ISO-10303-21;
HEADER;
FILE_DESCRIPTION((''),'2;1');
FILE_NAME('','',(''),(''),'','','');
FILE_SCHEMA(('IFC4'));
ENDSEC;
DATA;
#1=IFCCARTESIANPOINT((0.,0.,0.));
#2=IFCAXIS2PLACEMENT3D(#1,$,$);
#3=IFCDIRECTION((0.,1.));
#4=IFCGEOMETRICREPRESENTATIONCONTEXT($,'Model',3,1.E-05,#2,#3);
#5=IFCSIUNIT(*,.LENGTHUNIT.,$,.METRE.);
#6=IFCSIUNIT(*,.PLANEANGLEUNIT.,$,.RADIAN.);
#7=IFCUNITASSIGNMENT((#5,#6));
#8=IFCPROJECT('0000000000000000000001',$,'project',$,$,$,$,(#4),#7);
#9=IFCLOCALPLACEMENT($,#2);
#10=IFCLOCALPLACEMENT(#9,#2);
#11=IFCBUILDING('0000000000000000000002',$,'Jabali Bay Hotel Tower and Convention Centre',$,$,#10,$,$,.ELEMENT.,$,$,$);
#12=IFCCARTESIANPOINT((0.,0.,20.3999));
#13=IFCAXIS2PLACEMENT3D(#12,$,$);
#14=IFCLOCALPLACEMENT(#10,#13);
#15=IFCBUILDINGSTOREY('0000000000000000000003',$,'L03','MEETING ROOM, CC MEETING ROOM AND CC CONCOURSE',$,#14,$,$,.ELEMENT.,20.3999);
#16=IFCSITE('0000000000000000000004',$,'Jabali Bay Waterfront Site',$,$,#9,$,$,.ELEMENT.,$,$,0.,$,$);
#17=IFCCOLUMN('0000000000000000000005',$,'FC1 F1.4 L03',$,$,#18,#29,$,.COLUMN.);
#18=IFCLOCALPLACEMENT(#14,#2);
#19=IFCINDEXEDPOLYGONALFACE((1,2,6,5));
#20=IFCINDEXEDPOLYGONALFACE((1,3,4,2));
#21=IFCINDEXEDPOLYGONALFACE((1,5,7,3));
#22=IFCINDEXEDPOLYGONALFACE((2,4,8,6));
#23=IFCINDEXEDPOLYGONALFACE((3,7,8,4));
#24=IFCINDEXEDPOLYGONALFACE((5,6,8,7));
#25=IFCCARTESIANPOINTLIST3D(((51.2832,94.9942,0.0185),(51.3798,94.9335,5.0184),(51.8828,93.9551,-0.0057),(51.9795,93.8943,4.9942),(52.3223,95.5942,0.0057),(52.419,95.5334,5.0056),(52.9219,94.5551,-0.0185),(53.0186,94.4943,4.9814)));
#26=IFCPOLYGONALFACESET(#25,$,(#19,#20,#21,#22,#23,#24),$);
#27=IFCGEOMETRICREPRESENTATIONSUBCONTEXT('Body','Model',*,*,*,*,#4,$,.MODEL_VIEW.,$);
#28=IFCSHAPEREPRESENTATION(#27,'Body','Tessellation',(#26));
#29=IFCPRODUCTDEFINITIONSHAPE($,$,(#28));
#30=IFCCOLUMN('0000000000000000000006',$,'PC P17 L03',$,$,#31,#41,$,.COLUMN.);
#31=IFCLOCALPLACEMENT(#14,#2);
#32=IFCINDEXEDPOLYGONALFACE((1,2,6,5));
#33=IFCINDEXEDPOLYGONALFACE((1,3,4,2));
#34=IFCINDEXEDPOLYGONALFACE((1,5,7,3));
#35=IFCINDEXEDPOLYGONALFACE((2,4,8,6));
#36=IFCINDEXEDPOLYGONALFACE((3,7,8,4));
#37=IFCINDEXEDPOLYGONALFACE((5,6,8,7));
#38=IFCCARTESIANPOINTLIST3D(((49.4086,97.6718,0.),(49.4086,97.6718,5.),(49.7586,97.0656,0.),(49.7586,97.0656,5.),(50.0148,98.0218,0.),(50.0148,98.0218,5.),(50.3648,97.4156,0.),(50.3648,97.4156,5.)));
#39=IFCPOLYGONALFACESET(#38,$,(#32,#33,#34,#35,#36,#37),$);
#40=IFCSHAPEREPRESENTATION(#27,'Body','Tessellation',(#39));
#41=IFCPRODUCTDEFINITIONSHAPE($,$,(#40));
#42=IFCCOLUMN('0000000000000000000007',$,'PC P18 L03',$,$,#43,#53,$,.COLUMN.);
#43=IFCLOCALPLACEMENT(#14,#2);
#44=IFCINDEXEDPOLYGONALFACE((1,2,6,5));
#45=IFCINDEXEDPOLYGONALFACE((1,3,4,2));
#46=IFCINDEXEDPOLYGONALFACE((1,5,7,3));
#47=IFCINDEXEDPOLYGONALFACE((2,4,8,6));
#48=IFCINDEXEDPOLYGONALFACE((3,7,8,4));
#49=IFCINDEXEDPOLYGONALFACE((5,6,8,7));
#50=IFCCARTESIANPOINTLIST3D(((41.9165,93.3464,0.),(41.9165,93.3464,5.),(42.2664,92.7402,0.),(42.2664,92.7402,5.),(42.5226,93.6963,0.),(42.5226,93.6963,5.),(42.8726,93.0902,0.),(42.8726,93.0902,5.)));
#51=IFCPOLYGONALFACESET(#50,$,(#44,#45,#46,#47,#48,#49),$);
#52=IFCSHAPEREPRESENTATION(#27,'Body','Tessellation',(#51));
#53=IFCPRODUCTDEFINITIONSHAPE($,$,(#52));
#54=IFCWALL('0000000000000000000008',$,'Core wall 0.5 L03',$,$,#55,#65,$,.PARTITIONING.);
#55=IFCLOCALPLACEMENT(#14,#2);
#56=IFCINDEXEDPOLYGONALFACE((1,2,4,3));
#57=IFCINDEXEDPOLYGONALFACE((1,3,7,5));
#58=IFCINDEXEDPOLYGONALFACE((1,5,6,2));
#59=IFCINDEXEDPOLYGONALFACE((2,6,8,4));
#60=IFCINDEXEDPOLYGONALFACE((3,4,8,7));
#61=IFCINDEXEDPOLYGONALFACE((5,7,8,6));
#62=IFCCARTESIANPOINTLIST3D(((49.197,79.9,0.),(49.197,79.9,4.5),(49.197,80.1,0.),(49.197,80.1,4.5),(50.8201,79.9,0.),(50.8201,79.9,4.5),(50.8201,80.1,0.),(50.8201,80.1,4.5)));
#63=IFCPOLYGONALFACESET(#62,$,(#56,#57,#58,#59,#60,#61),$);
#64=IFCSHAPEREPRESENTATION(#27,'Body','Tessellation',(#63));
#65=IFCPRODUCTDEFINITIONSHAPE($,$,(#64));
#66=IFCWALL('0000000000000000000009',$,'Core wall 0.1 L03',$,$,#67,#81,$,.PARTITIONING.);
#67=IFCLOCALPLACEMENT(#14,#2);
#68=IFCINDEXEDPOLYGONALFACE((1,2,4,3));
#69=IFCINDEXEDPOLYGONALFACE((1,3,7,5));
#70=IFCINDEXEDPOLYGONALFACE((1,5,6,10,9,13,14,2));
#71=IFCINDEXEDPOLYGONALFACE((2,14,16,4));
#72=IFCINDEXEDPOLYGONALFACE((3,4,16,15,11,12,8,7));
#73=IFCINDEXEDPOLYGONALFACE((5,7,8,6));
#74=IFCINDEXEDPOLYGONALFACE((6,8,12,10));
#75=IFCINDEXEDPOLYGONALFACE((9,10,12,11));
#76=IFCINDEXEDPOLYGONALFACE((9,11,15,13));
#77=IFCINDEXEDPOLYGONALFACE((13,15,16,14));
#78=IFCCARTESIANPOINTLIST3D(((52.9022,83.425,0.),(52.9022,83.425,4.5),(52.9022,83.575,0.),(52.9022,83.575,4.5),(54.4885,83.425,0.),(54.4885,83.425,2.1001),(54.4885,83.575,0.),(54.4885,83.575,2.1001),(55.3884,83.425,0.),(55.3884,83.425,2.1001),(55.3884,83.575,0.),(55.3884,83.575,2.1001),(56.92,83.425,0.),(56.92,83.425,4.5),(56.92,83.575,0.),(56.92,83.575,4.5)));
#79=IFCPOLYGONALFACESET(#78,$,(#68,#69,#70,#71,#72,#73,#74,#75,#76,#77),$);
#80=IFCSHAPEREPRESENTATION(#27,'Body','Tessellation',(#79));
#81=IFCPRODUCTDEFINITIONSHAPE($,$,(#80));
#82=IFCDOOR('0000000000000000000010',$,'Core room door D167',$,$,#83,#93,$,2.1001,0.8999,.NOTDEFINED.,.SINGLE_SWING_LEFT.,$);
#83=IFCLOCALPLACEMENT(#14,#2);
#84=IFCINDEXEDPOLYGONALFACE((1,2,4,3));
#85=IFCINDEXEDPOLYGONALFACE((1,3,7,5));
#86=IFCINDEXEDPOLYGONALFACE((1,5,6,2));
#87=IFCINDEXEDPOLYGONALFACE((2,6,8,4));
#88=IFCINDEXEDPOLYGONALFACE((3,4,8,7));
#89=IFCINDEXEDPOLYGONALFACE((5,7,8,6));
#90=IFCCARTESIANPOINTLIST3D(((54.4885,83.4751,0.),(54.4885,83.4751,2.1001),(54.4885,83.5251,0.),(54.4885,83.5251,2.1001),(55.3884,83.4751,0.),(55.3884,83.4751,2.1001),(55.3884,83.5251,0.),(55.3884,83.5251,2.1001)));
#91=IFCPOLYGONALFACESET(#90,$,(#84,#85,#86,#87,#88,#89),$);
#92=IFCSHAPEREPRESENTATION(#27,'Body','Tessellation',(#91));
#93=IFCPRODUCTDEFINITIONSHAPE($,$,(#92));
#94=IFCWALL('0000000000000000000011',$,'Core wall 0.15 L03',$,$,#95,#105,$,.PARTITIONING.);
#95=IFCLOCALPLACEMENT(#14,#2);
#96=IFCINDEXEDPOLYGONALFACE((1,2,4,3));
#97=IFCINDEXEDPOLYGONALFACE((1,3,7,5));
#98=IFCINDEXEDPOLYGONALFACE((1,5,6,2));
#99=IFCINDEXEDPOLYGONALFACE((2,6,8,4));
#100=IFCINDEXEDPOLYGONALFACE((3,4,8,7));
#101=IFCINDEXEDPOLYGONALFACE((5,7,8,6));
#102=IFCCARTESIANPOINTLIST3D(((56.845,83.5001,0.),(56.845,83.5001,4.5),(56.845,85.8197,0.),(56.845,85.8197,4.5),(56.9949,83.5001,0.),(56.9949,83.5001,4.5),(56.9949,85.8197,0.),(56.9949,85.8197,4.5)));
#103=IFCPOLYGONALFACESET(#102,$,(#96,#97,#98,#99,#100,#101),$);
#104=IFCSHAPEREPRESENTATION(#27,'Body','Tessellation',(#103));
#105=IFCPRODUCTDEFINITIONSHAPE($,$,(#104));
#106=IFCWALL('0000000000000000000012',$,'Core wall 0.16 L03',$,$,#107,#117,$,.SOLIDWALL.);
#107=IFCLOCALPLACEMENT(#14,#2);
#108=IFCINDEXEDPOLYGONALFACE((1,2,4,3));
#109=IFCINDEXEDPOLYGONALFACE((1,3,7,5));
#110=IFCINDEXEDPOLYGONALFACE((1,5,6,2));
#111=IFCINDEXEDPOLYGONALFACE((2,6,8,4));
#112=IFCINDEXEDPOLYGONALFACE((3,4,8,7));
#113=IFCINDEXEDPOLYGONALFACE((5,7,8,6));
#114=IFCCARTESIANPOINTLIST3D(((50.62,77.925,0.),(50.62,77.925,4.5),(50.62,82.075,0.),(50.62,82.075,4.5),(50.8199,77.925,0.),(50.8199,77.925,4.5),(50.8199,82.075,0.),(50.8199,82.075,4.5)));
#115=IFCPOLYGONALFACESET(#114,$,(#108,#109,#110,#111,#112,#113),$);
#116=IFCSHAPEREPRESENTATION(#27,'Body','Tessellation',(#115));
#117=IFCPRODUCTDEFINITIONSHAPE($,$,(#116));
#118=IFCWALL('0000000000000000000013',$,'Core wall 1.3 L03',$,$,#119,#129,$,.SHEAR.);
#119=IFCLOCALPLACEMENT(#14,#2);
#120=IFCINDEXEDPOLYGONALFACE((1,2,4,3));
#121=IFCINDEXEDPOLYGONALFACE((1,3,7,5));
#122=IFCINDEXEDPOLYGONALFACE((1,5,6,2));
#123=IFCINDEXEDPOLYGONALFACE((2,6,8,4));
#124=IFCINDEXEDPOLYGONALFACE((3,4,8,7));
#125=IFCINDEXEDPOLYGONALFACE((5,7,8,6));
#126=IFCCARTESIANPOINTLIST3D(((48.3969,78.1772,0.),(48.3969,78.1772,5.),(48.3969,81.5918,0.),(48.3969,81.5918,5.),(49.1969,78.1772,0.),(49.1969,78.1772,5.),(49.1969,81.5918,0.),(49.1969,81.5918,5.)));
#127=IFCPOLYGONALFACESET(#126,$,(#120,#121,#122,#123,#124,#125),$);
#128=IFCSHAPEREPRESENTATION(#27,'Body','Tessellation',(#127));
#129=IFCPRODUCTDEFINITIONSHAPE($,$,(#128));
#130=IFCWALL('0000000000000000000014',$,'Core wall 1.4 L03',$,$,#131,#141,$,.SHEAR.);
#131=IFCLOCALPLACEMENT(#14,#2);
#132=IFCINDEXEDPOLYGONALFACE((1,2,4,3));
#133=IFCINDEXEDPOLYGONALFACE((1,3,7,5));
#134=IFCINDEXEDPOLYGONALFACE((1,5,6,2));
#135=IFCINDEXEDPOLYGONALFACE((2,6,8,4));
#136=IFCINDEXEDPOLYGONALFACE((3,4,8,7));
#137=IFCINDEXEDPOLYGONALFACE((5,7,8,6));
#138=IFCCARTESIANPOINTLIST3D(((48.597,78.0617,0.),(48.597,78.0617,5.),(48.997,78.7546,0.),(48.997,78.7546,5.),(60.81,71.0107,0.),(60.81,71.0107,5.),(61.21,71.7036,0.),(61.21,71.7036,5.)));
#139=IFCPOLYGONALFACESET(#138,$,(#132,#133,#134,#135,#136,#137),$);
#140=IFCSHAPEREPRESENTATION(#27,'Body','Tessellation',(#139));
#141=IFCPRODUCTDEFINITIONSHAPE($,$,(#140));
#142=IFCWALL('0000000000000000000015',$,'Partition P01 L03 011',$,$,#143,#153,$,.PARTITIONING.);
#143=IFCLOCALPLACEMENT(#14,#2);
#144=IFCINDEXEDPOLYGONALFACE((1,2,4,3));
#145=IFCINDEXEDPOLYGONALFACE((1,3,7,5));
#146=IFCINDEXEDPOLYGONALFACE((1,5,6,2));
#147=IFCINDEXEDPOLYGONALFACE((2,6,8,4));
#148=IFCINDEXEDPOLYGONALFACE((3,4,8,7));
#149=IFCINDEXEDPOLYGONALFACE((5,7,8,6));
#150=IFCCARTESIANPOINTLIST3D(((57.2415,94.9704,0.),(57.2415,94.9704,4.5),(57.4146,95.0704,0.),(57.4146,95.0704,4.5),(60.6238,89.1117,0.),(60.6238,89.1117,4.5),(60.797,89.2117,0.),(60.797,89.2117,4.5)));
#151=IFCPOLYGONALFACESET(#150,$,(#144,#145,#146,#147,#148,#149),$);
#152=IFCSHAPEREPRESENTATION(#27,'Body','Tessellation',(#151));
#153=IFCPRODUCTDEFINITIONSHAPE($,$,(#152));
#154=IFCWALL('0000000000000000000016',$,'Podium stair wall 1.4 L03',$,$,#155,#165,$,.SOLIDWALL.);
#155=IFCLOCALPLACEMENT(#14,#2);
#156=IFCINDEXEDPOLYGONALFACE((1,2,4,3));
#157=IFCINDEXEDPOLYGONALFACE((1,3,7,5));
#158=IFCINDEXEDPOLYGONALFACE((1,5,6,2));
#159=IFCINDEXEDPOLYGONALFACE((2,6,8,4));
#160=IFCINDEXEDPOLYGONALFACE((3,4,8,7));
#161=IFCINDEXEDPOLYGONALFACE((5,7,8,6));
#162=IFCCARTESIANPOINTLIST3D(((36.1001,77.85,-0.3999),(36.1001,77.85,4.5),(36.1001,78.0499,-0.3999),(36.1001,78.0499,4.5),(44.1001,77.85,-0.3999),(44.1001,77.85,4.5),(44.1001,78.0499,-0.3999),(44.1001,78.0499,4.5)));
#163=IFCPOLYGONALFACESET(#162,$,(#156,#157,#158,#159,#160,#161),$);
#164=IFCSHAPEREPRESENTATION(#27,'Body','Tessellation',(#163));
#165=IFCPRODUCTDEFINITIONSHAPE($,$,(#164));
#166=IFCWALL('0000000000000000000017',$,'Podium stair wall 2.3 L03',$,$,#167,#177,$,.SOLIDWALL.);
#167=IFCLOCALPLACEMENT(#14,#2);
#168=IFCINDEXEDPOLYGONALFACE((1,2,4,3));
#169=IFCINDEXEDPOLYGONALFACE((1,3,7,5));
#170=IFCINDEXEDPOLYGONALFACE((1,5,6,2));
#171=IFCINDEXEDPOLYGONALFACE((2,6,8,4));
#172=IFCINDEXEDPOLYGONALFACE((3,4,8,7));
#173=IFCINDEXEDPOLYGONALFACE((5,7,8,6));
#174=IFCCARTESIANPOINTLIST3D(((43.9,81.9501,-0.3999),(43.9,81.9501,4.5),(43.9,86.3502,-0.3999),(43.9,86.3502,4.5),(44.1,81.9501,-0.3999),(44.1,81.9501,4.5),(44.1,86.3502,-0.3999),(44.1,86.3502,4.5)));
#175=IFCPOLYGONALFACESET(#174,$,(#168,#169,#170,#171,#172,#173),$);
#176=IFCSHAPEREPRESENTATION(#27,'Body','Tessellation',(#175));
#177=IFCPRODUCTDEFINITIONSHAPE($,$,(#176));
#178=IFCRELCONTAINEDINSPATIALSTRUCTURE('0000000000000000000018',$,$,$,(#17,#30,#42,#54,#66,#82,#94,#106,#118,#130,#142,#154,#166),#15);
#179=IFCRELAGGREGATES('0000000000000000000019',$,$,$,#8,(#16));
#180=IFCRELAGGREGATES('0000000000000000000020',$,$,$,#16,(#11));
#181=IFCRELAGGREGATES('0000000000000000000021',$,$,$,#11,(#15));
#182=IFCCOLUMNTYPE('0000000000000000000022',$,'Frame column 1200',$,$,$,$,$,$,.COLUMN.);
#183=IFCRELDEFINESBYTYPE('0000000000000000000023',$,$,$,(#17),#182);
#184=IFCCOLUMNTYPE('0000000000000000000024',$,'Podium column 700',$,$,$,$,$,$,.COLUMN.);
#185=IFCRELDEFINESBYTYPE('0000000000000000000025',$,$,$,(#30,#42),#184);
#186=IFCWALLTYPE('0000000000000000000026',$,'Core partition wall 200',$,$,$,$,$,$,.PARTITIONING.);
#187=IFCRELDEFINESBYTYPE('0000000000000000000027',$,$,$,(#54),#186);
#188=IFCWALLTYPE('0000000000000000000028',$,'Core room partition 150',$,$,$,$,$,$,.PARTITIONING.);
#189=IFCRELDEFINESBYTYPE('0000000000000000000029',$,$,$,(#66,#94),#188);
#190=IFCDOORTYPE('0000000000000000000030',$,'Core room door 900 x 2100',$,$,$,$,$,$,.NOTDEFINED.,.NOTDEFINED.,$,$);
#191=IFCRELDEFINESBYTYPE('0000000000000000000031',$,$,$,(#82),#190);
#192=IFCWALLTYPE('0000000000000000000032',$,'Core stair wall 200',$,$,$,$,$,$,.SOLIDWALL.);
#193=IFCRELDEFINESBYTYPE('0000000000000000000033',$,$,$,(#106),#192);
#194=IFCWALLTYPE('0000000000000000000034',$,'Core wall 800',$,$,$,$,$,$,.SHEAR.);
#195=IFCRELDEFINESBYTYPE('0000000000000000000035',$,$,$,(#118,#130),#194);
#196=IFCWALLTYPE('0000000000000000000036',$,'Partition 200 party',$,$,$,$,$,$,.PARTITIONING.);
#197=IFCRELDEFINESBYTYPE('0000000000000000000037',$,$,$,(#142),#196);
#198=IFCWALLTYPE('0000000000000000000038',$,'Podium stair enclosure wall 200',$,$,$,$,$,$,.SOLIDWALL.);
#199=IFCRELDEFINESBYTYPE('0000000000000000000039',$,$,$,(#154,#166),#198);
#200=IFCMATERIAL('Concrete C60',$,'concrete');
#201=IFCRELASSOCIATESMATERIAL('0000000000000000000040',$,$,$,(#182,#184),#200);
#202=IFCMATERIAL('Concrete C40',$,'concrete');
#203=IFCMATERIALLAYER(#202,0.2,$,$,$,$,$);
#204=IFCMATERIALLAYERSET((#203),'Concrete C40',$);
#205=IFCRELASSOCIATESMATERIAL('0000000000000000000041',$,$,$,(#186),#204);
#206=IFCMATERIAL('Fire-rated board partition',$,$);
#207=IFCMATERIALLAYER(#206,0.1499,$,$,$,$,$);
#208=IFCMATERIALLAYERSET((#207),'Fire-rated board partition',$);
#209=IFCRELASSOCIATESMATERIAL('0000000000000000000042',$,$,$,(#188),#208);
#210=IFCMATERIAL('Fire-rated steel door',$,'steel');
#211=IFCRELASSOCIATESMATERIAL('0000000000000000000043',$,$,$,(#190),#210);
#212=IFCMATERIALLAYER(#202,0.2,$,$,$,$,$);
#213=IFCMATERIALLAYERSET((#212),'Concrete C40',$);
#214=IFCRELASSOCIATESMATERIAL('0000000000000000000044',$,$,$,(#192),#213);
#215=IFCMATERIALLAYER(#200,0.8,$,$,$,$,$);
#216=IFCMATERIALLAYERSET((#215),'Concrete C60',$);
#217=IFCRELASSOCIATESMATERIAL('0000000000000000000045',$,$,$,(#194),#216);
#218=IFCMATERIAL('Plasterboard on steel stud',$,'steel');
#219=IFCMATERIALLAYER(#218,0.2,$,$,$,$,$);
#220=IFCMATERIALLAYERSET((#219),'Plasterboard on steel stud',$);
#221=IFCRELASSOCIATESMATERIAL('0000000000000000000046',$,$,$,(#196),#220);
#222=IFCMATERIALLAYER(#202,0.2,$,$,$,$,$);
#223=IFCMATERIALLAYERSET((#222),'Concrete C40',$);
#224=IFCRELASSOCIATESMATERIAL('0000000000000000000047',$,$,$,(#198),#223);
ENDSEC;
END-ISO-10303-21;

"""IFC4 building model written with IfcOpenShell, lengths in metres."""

from ifc_helpers import new_model, si_unit, direction, frame, frame_2d, origin, origin_2d, place, context, subcontext, project, spatial, rectangle, extrude, material, layer, layer_set, material_profile, profile_set, type_object, element, fill, save


model = new_model("IFC4")

# Units and contexts
model_context = context("Model", 3, precision=1e-05, world=origin(), true_north=direction((0.0, 1.0)))
body_context = subcontext(model_context, "Body", "Model", "MODEL_VIEW")
ifc_project = project(units=[si_unit("LENGTHUNIT", "METRE"), si_unit("PLANEANGLEUNIT", "RADIAN")], contexts=[model_context])

# Site, building, storey
site_placement = place(None, origin())
site = spatial("IfcSite", under=ifc_project, at=site_placement, Name="Jabali Bay Waterfront Site", CompositionType="ELEMENT", RefElevation=0.0)
building_placement = place(site_placement, origin())
building = spatial("IfcBuilding", under=site, at=building_placement, Name="Jabali Bay Hotel Tower and Convention Centre", CompositionType="ELEMENT")
storey_placement = place(building_placement, frame((0.0, 0.0, 20.3999)))
storey = spatial("IfcBuildingStorey", under=building, at=storey_placement, Name="L03", Description="MEETING ROOM, CC MEETING ROOM AND CC CONCOURSE", CompositionType="ELEMENT", Elevation=20.3999)

# Columns
ifc_material_1 = material(Name="Concrete C60", Category="concrete")
ifc_material_profile_1 = material_profile(ifc_material_1, rectangle(XDim=1.2, YDim=1.2, at=origin_2d()), Name="Frame column 1200")
ifc_profile_set_1 = profile_set([ifc_material_profile_1], Name="Concrete C60")
column_type_1 = type_object("IfcColumnType", Name="Frame column 1200", PredefinedType="COLUMN", material=ifc_profile_set_1)
column_placement = place(storey_placement, frame((52.1025, 94.7747, 0.0), z_axis=(0.019331, -0.012155, 0.999739), x_axis=(-0.499711, 0.865957, 0.020191)))
element("IfcColumn", 1, at=column_placement, inside=storey, type_object=column_type_1, Name="FC1 F1.4 L03", PredefinedType="COLUMN", context=body_context, shape_type="SweptSolid", body=[
    extrude(rectangle(XDim=1.2, YDim=1.2, at=origin_2d()), origin(), (0.0, 0.0, 1.0), 5.0012),
])
ifc_material_profile_2 = material_profile(ifc_material_1, rectangle(XDim=0.7, YDim=0.7, at=origin_2d()), Name="Podium column 700")
ifc_profile_set_2 = profile_set([ifc_material_profile_2], Name="Concrete C60")
column_type_2 = type_object("IfcColumnType", Name="Podium column 700", PredefinedType="COLUMN", material=ifc_profile_set_2)
for number, where, z_axis, x_axis, name in (
    (2, (49.8867, 97.5437, 0.0), (0.0, 0.0, 1.0), (0.866025, 0.5, 0.0), "PC P17 L03"),
    (3, (42.3945, 93.2183, 0.0), (0.0, 0.0, 1.0), (0.866025, 0.5, 0.0), "PC P18 L03"),
):
    element("IfcColumn", number, at=place(storey_placement, frame(where, z_axis=z_axis, x_axis=x_axis)), inside=storey, type_object=column_type_2, Name=name, PredefinedType="COLUMN", context=body_context, shape_type="SweptSolid", body=[
        extrude(rectangle(XDim=0.7, YDim=0.7, at=origin_2d()), origin(), (0.0, 0.0, 1.0), 5.0),
    ])

# Wall
ifc_material_2 = material(Name="Concrete C40", Category="concrete")
ifc_layer_1 = layer(ifc_material_2, 0.2)
ifc_layer_set_1 = layer_set([ifc_layer_1], Name="Concrete C40")
wall_type_1 = type_object("IfcWallType", Name="Core partition wall 200", PredefinedType="PARTITIONING", material=ifc_layer_set_1)
wall_1_placement = place(storey_placement, frame((50.8201, 80.0, 0.0), z_axis=(0.0, 0.0, 1.0), x_axis=(-1.0, 0.0, 0.0)))
element("IfcWall", 4, at=wall_1_placement, inside=storey, type_object=wall_type_1, Name="Core wall 0.5 L03", PredefinedType="PARTITIONING", context=body_context, shape_type="SweptSolid", body=[
    extrude(rectangle(XDim=1.623, YDim=0.2, at=frame_2d((0.8115, 0.0))), origin(), (0.0, 0.0, 1.0), 4.5),
])

# Wall, opening, door
ifc_material_3 = material(Name="Fire-rated board partition")
ifc_layer_2 = layer(ifc_material_3, 0.1499)
ifc_layer_set_2 = layer_set([ifc_layer_2], Name="Fire-rated board partition")
wall_type_2 = type_object("IfcWallType", Name="Core room partition 150", PredefinedType="PARTITIONING", material=ifc_layer_set_2)
wall_2_placement = place(storey_placement, frame((56.9199, 83.5, 0.0), z_axis=(0.0, 0.0, 1.0), x_axis=(-1.0, 0.0, 0.0)))
wall_2 = element("IfcWall", 5, at=wall_2_placement, inside=storey, type_object=wall_type_2, Name="Core wall 0.1 L03", PredefinedType="PARTITIONING", context=body_context, shape_type="SweptSolid", body=[
    extrude(rectangle(XDim=4.0178, YDim=0.1499, at=frame_2d((2.0088, 0.0))), origin(), (0.0, 0.0, 1.0), 4.5),
])
opening_placement = place(wall_2_placement, frame((1.5315, 0.0, 0.0)))
opening = element("IfcOpeningElement", 6, at=opening_placement, cuts=wall_2, PredefinedType="OPENING", context=body_context, shape_type="SweptSolid", body=[
    extrude(rectangle(XDim=0.8999, YDim=2.1001, at=frame_2d((0.45, 1.05))), frame((0.0, 0.0854, 0.0), z_axis=(0.0, -1.0, 0.0), x_axis=(1.0, 0.0, 0.0)), (0.0, 0.0, 1.0), 0.1709),
])
ifc_material_4 = material(Name="Fire-rated steel door", Category="steel")
door_type = type_object("IfcDoorType", Name="Core room door 900 x 2100", OperationType="NOTDEFINED", PredefinedType="NOTDEFINED", material=ifc_material_4)
door_placement = place(opening_placement, origin())
door = element("IfcDoor", 7, at=door_placement, inside=storey, type_object=door_type, Name="Core room door D167", OperationType="SINGLE_SWING_LEFT", OverallHeight=2.1001, OverallWidth=0.8999, PredefinedType="NOTDEFINED", context=body_context, shape_type="SweptSolid", body=[
    extrude(rectangle(XDim=0.8999, YDim=2.1001, at=frame_2d((0.45, 1.05))), frame((0.0, 0.0249, 0.0), z_axis=(0.0, -1.0, 0.0), x_axis=(1.0, 0.0, 0.0)), (0.0, 0.0, 1.0), 0.05),
])
fill(opening, door)

# Walls
wall_3_placement = place(storey_placement, frame((56.9199, 85.8196, 0.0), z_axis=(0.0, 0.0, 1.0), x_axis=(0.0, -1.0, 0.0)))
element("IfcWall", 8, at=wall_3_placement, inside=storey, type_object=wall_type_2, Name="Core wall 0.15 L03", PredefinedType="PARTITIONING", context=body_context, shape_type="SweptSolid", body=[
    extrude(rectangle(XDim=2.3196, YDim=0.1499, at=frame_2d((1.1597, 0.0))), origin(), (0.0, 0.0, 1.0), 4.5),
])
ifc_layer_3 = layer(ifc_material_2, 0.2)
ifc_layer_set_3 = layer_set([ifc_layer_3], Name="Concrete C40")
wall_type_3 = type_object("IfcWallType", Name="Core stair wall 200", PredefinedType="SOLIDWALL", material=ifc_layer_set_3)
wall_4_placement = place(storey_placement, frame((50.72, 82.075, 0.0), z_axis=(0.0, 0.0, 1.0), x_axis=(0.0, -1.0, 0.0)))
element("IfcWall", 9, at=wall_4_placement, inside=storey, type_object=wall_type_3, Name="Core wall 0.16 L03", PredefinedType="SOLIDWALL", context=body_context, shape_type="SweptSolid", body=[
    extrude(rectangle(XDim=4.1499, YDim=0.2, at=frame_2d((2.075, 0.0))), origin(), (0.0, 0.0, 1.0), 4.5),
])
ifc_layer_4 = layer(ifc_material_1, 0.8)
ifc_layer_set_4 = layer_set([ifc_layer_4], Name="Concrete C60")
wall_type_4 = type_object("IfcWallType", Name="Core wall 800", PredefinedType="SHEAR", material=ifc_layer_set_4)
wall_5_placement = place(storey_placement, frame((48.7969, 81.5918, 0.0), z_axis=(0.0, 0.0, 1.0), x_axis=(0.0, -1.0, 0.0)))
element("IfcWall", 10, at=wall_5_placement, inside=storey, type_object=wall_type_4, Name="Core wall 1.3 L03", PredefinedType="SHEAR", context=body_context, shape_type="SweptSolid", body=[
    extrude(rectangle(XDim=3.4146, YDim=0.8, at=frame_2d((1.7073, 0.0))), origin(), (0.0, 0.0, 1.0), 5.0),
])
wall_6_placement = place(storey_placement, frame((48.7969, 78.4082, 0.0), z_axis=(0.0, 0.0, 1.0), x_axis=(0.866033, -0.499988, 0.0)))
element("IfcWall", 11, at=wall_6_placement, inside=storey, type_object=wall_type_4, Name="Core wall 1.4 L03", PredefinedType="SHEAR", context=body_context, shape_type="SweptSolid", body=[
    extrude(rectangle(XDim=14.1023, YDim=0.8, at=frame_2d((7.0513, 0.0))), origin(), (0.0, 0.0, 1.0), 5.0),
])
ifc_material_5 = material(Name="Plasterboard on steel stud", Category="steel")
ifc_layer_5 = layer(ifc_material_5, 0.2)
ifc_layer_set_5 = layer_set([ifc_layer_5], Name="Plasterboard on steel stud")
wall_type_5 = type_object("IfcWallType", Name="Partition 200 party", PredefinedType="PARTITIONING", material=ifc_layer_set_5)
wall_7_placement = place(storey_placement, frame((57.3281, 95.0203, 0.0), z_axis=(0.0, 0.0, 1.0), x_axis=(0.499982, -0.866036, 0.0)))
element("IfcWall", 12, at=wall_7_placement, inside=storey, type_object=wall_type_5, Name="Partition P01 L03 011", PredefinedType="PARTITIONING", context=body_context, shape_type="SweptSolid", body=[
    extrude(rectangle(XDim=6.7649, YDim=0.2, at=frame_2d((3.3823, 0.0))), origin(), (0.0, 0.0, 1.0), 4.5),
])
ifc_layer_6 = layer(ifc_material_2, 0.2)
ifc_layer_set_6 = layer_set([ifc_layer_6], Name="Concrete C40")
wall_type_6 = type_object("IfcWallType", Name="Podium stair enclosure wall 200", PredefinedType="SOLIDWALL", material=ifc_layer_set_6)
wall_8_placement = place(storey_placement, frame((44.1001, 77.95, -0.3999), z_axis=(0.0, 0.0, 1.0), x_axis=(-1.0, 0.0, 0.0)))
element("IfcWall", 13, at=wall_8_placement, inside=storey, type_object=wall_type_6, Name="Podium stair wall 1.4 L03", PredefinedType="SOLIDWALL", context=body_context, shape_type="SweptSolid", body=[
    extrude(rectangle(XDim=8.0, YDim=0.2, at=frame_2d((4.0, 0.0))), origin(), (0.0, 0.0, 1.0), 4.8999),
])
wall_9_placement = place(storey_placement, frame((44.0, 81.95, -0.3999), z_axis=(0.0, 0.0, 1.0), x_axis=(0.0, 1.0, 0.0)))
element("IfcWall", 14, at=wall_9_placement, inside=storey, type_object=wall_type_6, Name="Podium stair wall 2.3 L03", PredefinedType="SOLIDWALL", context=body_context, shape_type="SweptSolid", body=[
    extrude(rectangle(XDim=4.4001, YDim=0.2, at=frame_2d((2.2002, 0.0))), origin(), (0.0, 0.0, 1.0), 4.8999),
])

save(model, "model.ifc")
